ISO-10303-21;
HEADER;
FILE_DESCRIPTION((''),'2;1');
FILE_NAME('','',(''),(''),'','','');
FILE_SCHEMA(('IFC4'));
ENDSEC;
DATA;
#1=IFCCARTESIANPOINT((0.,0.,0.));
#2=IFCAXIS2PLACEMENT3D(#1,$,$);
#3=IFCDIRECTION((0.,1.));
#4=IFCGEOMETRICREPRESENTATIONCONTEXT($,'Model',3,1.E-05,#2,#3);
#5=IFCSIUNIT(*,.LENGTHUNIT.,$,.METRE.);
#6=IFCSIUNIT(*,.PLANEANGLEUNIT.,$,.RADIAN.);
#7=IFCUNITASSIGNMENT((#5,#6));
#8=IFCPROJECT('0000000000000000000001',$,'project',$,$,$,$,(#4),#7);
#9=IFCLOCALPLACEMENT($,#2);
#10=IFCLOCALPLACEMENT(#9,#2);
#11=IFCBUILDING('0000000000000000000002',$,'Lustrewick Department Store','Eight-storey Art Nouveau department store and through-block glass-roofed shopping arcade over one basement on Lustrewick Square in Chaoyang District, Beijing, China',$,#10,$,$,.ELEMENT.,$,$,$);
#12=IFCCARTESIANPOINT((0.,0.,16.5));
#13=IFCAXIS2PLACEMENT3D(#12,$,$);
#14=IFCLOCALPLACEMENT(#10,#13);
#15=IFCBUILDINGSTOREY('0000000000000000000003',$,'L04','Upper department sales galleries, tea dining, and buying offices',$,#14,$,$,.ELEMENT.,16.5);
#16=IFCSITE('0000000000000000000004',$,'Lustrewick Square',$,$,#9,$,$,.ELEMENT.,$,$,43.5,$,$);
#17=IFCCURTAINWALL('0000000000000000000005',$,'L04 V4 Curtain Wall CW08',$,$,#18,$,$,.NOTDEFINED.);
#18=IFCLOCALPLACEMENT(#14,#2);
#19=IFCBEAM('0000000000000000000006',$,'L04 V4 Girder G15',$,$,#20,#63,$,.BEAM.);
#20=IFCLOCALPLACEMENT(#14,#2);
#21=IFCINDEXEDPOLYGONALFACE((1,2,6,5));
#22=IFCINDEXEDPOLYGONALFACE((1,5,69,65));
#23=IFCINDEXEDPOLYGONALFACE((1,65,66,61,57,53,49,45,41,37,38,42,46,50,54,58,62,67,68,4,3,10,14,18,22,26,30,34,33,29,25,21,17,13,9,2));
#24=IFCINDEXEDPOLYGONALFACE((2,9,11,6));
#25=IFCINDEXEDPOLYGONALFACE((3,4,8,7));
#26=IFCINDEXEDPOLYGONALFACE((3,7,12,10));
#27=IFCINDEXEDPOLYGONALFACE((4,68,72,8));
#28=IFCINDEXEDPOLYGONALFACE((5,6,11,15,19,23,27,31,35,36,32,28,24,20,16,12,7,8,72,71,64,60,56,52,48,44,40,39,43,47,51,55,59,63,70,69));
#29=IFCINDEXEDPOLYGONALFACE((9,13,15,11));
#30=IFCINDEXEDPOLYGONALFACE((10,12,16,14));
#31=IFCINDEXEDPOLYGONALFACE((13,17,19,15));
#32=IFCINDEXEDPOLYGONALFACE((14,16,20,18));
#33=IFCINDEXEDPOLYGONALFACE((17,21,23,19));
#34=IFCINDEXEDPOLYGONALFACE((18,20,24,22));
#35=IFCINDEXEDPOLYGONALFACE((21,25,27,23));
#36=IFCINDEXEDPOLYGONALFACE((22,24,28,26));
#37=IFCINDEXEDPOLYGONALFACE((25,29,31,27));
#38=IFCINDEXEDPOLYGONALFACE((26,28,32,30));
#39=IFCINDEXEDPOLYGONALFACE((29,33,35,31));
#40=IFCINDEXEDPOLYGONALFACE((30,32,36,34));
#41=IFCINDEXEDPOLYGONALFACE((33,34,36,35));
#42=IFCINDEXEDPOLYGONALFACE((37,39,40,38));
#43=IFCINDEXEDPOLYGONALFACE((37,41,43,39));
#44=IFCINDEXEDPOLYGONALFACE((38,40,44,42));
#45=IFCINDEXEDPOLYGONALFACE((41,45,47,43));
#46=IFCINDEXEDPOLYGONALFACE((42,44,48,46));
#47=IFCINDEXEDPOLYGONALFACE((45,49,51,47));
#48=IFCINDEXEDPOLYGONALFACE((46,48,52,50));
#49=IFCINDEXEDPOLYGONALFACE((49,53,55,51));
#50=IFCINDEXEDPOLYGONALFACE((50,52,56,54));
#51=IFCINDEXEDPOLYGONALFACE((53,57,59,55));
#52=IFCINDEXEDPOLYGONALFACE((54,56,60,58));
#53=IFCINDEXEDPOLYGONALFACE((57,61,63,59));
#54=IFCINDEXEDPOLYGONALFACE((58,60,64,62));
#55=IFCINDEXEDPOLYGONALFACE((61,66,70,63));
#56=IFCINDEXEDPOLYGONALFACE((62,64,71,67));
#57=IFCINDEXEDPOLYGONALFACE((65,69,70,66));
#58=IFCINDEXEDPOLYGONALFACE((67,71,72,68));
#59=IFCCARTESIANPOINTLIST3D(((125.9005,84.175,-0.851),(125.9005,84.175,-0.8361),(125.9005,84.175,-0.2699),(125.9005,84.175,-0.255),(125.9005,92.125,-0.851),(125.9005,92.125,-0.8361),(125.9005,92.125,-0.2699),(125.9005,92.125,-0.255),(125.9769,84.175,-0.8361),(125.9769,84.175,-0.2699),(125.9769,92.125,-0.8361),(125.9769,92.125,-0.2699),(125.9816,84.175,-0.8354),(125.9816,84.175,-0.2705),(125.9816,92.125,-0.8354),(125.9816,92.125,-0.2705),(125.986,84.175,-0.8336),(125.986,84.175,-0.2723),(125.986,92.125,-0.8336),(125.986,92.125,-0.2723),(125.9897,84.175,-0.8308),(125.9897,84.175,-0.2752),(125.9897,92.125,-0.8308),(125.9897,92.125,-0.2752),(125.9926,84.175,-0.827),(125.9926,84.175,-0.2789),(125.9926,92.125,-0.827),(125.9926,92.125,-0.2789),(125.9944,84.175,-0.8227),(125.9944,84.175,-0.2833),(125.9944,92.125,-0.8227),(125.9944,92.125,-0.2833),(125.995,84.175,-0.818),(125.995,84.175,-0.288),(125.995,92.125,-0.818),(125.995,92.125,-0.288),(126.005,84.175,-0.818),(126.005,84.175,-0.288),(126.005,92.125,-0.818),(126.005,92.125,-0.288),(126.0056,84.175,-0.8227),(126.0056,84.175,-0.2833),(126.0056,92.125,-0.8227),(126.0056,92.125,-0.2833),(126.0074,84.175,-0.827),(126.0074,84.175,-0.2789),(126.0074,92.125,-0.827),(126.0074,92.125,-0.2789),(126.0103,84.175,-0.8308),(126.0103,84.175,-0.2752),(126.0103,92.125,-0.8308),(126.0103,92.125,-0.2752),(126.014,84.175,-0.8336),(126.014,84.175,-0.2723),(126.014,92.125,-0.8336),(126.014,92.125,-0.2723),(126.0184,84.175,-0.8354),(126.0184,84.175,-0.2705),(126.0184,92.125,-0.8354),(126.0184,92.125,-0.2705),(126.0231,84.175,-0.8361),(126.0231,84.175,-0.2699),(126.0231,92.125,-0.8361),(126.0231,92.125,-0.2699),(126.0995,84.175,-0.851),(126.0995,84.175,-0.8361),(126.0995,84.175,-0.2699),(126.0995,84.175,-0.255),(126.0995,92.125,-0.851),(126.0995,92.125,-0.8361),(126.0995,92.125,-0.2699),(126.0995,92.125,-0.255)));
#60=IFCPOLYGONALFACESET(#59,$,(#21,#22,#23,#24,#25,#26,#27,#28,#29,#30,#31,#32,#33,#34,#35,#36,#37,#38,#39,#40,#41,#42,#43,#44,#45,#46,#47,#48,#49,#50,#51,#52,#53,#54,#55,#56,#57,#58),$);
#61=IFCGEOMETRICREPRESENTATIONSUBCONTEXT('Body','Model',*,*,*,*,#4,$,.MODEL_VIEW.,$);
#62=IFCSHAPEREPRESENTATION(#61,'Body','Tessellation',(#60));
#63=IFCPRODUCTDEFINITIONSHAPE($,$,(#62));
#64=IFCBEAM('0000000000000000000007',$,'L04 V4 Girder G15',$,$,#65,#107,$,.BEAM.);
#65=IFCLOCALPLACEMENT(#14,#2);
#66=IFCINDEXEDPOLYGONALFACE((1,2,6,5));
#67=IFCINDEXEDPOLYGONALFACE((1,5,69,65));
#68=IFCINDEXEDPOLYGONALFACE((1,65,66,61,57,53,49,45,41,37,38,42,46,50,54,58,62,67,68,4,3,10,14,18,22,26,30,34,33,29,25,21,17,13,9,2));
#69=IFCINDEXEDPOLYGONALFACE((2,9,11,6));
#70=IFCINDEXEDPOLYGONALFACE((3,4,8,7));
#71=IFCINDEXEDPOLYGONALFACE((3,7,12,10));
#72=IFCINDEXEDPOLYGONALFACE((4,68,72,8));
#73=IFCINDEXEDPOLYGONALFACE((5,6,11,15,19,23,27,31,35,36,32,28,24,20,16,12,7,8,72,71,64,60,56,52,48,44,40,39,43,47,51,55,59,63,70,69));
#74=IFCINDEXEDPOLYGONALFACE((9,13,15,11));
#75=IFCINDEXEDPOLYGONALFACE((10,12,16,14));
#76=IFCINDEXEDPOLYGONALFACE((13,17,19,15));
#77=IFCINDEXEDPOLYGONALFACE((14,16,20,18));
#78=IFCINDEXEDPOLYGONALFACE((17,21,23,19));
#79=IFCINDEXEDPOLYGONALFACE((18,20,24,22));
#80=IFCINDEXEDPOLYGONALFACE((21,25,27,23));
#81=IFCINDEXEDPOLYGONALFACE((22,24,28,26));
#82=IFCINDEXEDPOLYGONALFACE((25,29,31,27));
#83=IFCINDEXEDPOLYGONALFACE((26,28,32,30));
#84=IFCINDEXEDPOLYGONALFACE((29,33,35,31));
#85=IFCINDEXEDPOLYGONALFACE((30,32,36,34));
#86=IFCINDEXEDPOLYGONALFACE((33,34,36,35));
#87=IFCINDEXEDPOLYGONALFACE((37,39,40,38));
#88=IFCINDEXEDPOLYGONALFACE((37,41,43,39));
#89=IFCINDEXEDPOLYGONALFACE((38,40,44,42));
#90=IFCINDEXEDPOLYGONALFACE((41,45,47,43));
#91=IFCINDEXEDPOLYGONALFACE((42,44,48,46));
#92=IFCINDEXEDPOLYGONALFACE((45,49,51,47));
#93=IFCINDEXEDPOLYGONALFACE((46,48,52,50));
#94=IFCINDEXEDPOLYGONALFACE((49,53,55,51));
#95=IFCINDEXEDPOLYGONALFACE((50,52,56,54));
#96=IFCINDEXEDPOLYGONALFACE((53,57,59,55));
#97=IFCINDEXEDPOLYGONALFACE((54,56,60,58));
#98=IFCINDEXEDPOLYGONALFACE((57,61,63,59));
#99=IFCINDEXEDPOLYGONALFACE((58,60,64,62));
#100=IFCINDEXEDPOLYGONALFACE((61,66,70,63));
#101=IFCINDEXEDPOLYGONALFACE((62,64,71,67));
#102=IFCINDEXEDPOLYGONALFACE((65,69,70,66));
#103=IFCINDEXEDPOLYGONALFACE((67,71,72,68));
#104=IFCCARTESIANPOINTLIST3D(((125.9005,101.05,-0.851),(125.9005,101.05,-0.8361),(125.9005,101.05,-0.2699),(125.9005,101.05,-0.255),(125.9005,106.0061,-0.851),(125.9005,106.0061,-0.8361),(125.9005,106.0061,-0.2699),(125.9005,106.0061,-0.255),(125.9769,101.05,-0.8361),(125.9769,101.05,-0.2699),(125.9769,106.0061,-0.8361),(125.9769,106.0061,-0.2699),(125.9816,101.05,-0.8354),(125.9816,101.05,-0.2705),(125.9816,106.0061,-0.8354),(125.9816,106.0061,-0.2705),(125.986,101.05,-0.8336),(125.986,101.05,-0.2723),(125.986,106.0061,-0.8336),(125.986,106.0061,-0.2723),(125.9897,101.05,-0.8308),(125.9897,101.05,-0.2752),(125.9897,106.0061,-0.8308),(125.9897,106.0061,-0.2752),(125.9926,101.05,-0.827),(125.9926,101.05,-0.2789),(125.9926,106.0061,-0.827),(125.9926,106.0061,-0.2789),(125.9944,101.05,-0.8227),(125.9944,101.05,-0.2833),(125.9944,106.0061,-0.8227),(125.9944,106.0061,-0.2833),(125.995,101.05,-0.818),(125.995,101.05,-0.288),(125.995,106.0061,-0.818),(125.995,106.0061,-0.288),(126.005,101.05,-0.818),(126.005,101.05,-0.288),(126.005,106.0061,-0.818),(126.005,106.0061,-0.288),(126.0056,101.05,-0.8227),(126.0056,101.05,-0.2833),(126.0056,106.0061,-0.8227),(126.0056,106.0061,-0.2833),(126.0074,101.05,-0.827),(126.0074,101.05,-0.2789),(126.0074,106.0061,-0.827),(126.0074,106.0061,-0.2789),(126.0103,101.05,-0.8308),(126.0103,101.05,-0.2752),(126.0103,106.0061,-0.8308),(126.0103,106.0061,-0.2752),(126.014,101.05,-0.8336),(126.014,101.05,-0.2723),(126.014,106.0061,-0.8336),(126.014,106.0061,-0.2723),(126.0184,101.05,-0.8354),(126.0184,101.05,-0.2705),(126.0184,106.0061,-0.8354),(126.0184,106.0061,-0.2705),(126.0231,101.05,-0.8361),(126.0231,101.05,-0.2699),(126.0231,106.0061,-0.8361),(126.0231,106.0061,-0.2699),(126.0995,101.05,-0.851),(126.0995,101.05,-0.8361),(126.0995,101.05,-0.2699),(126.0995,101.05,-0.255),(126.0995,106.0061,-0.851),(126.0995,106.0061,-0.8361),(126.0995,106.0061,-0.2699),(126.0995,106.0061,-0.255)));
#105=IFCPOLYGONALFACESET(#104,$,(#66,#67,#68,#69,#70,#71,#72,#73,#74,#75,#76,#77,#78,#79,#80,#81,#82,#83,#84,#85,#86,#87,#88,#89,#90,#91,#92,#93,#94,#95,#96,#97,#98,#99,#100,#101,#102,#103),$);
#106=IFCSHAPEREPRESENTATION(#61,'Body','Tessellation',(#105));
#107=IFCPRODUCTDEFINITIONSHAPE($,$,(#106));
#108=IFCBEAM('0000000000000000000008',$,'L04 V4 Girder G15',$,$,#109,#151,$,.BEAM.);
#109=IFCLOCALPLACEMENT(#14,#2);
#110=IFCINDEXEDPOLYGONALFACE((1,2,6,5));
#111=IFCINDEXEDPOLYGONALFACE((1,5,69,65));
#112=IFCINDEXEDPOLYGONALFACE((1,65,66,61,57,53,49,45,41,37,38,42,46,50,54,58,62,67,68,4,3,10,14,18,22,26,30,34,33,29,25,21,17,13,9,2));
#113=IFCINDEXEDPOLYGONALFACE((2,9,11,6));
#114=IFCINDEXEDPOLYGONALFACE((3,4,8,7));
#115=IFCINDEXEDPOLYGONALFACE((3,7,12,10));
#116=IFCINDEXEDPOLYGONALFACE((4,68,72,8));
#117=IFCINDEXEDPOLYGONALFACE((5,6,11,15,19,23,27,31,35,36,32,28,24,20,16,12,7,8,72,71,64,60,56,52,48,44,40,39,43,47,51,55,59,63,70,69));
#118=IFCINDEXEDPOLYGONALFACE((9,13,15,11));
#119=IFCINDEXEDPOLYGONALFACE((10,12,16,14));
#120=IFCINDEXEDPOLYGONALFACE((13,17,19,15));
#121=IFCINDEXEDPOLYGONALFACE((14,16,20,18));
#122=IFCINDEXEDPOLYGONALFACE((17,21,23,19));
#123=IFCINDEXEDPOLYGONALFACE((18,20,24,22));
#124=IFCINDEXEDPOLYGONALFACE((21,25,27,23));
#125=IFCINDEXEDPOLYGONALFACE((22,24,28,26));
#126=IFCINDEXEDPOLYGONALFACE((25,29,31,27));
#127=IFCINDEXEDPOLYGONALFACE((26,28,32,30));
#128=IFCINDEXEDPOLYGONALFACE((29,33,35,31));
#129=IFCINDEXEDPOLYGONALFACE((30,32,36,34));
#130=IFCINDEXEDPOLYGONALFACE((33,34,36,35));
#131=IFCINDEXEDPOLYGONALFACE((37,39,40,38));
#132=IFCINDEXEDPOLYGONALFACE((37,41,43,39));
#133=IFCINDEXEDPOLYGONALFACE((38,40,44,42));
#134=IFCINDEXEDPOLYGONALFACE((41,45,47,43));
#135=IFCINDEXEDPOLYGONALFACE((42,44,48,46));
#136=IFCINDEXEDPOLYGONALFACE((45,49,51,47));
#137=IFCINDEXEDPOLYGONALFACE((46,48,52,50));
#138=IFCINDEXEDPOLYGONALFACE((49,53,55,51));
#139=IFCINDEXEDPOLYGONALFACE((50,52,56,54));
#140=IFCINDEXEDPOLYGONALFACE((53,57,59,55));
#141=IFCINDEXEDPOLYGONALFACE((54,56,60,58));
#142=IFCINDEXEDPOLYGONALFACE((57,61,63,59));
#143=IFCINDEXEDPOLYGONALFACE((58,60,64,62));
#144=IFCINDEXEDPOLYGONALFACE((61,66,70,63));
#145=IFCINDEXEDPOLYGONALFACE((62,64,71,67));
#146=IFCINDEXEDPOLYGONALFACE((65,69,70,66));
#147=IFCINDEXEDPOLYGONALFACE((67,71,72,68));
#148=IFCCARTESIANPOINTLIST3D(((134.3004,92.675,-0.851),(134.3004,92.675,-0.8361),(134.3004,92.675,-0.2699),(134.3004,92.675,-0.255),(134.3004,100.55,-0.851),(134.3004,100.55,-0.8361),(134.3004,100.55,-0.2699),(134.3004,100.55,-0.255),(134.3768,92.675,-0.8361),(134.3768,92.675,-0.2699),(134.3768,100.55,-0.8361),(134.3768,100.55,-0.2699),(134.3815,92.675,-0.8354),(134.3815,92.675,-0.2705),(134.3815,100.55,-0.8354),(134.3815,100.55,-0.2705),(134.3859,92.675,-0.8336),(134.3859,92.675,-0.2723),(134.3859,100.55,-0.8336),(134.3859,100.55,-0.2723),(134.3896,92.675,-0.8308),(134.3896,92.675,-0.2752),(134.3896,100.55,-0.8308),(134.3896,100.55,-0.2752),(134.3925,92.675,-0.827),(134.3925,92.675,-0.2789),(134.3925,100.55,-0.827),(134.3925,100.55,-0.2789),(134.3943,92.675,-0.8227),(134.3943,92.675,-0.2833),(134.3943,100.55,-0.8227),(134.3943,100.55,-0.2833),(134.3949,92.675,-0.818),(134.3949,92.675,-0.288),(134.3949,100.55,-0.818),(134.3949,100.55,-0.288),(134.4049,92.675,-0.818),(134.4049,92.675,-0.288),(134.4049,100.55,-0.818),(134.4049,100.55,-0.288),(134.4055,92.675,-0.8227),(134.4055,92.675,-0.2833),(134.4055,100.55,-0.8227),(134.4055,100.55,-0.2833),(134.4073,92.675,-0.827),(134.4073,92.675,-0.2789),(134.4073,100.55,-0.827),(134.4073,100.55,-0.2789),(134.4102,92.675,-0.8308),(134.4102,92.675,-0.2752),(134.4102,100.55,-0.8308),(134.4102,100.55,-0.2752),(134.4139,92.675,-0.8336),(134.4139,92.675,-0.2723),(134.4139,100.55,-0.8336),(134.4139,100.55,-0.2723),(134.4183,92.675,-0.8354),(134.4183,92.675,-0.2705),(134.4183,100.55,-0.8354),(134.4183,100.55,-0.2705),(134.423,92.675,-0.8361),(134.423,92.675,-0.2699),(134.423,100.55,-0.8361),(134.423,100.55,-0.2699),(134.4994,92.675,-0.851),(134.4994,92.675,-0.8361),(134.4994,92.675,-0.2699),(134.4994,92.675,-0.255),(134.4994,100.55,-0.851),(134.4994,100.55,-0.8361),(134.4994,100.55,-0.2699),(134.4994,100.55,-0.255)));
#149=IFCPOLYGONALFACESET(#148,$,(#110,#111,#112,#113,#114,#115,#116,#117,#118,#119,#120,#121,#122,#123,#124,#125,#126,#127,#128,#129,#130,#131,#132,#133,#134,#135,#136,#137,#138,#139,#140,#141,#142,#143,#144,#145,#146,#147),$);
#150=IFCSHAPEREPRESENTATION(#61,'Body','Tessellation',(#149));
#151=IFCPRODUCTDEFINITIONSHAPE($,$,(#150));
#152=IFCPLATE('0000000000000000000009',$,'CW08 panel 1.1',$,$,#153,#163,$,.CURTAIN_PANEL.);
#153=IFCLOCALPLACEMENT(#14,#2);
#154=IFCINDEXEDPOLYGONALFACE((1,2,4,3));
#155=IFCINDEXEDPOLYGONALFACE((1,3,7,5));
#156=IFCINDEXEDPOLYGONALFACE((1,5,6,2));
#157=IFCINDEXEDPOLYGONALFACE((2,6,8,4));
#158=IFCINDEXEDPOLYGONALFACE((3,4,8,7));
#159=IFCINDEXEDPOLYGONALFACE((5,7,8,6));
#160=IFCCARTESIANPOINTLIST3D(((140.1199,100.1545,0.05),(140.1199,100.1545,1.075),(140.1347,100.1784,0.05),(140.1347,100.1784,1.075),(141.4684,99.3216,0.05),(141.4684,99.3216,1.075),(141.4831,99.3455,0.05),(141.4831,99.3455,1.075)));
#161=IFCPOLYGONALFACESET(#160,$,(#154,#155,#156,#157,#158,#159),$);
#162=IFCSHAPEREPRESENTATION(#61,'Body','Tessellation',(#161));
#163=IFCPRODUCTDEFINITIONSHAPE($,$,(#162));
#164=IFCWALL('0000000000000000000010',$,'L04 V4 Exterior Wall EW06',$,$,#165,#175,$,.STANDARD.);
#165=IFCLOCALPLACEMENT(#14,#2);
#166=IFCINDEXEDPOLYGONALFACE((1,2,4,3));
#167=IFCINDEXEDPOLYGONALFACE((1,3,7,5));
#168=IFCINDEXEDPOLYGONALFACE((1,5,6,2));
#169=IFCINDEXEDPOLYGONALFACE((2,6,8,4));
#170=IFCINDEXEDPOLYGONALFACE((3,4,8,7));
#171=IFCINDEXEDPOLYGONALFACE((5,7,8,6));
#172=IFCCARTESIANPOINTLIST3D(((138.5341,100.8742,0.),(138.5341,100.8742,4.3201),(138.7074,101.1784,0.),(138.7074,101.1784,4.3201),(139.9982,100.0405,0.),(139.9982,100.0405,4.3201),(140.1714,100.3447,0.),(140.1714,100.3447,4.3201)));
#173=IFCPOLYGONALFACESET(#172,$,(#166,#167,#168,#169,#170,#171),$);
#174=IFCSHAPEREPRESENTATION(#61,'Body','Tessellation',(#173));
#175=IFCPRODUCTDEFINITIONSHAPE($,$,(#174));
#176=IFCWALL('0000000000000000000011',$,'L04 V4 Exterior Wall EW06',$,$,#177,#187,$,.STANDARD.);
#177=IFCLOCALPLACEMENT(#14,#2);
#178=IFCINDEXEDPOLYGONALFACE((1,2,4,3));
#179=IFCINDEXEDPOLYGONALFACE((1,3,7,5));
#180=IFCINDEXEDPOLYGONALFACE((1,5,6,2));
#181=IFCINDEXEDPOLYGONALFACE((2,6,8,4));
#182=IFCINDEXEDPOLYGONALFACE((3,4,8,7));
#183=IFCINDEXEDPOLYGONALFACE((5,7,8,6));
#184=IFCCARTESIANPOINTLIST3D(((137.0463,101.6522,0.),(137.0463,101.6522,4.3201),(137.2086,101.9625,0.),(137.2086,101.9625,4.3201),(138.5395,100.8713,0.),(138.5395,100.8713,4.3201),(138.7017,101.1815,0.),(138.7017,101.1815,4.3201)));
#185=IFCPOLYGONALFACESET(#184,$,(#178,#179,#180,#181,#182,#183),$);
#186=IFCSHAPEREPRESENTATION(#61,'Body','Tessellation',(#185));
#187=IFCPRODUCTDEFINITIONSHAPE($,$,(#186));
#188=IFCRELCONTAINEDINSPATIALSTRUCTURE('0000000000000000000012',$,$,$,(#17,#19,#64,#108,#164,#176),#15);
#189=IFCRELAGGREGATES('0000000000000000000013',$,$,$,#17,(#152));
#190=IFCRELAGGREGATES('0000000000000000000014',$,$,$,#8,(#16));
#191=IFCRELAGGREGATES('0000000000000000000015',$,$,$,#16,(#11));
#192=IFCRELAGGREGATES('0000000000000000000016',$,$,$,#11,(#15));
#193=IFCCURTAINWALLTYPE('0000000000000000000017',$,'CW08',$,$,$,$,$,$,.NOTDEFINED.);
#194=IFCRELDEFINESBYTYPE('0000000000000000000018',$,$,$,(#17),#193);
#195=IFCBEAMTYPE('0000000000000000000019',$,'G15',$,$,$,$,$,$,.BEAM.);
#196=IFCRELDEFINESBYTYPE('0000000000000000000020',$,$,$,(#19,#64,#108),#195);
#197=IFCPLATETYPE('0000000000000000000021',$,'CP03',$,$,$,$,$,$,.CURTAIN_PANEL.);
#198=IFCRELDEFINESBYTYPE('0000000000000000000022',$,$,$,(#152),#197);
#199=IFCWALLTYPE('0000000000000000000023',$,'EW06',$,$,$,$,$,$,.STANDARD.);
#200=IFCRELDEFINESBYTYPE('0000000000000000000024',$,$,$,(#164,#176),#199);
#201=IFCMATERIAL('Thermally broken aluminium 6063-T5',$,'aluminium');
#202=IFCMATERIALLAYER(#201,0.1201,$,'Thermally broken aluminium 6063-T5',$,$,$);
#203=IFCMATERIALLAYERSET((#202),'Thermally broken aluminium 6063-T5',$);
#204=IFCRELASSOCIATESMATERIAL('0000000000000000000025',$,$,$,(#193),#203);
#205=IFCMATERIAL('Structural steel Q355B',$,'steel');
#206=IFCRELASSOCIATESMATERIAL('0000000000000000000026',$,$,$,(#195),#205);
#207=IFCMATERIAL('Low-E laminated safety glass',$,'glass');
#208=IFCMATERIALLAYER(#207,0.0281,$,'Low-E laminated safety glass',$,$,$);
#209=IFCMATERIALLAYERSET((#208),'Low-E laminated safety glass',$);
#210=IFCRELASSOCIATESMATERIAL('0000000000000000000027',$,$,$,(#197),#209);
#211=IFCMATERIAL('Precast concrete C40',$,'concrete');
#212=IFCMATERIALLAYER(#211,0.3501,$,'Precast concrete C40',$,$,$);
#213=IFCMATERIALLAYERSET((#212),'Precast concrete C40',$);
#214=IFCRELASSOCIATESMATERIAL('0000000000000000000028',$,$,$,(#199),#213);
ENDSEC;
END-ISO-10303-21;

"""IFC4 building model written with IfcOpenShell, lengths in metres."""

from ifc_helpers import new_model, si_unit, direction, frame, frame_2d, origin, origin_2d, place, context, subcontext, project, spatial, rectangle, i_section, extrude, material, layer, layer_set, material_profile, profile_set, type_object, element, aggregate, save


model = new_model("IFC4")

# Units and contexts
model_context = context("Model", 3, precision=1e-05, world=origin(), true_north=direction((0.0, 1.0)))
body_context = subcontext(model_context, "Body", "Model", "MODEL_VIEW")
ifc_project = project(units=[si_unit("LENGTHUNIT", "METRE"), si_unit("PLANEANGLEUNIT", "RADIAN")], contexts=[model_context])

# Site, building, storey
site_placement = place(None, origin())
site = spatial("IfcSite", under=ifc_project, at=site_placement, Name="Lustrewick Square", CompositionType="ELEMENT", RefElevation=43.5)
building_placement = place(site_placement, origin())
building = spatial("IfcBuilding", under=site, at=building_placement, Name="Lustrewick Department Store", Description="Eight-storey Art Nouveau department store and through-block glass-roofed shopping arcade over one basement on Lustrewick Square in Chaoyang District, Beijing, China", CompositionType="ELEMENT")
storey_placement = place(building_placement, frame((0.0, 0.0, 16.5)))
storey = spatial("IfcBuildingStorey", under=building, at=storey_placement, Name="L04", Description="Upper department sales galleries, tea dining, and buying offices", CompositionType="ELEMENT", Elevation=16.5)

# Shared definitions
ifc_material_1 = material(Name="Structural steel Q355B", Category="steel")

# Curtain wall
ifc_material_2 = material(Name="Thermally broken aluminium 6063-T5", Category="aluminium")
ifc_layer_1 = layer(ifc_material_2, 0.1201, Name="Thermally broken aluminium 6063-T5")
ifc_layer_set_1 = layer_set([ifc_layer_1], Name="Thermally broken aluminium 6063-T5")
curtain_wall_type_1 = type_object("IfcCurtainWallType", Name="CW08", PredefinedType="NOTDEFINED", material=ifc_layer_set_1)
curtain_wall_1_placement = place(storey_placement, origin())
curtain_wall_1 = element("IfcCurtainWall", 1, at=curtain_wall_1_placement, inside=storey, type_object=curtain_wall_type_1, Name="L04 V4 Curtain Wall CW08", PredefinedType="NOTDEFINED")

# Beams
ifc_material_profile_1 = material_profile(ifc_material_1, i_section(OverallWidth=0.199, OverallDepth=0.5959, WebThickness=0.01, FlangeThickness=0.0149, FilletRadius=0.0181, at=origin_2d()), Name="HN 596x199x10x15")
ifc_profile_set_1 = profile_set([ifc_material_profile_1], Name="Structural steel Q355B")
beam_type_1 = type_object("IfcBeamType", Name="G15", PredefinedType="BEAM", material=ifc_profile_set_1)
beam_1_placement = place(storey_placement, frame((126.0, 84.175, -0.553), z_axis=(0.0, 1.0, 0.0), x_axis=(-1.0, 0.0, 0.0)))
element("IfcBeam", 2, at=beam_1_placement, inside=storey, type_object=beam_type_1, Name="L04 V4 Girder G15", PredefinedType="BEAM", context=body_context, shape_type="SweptSolid", body=[
    extrude(i_section(OverallWidth=0.199, OverallDepth=0.5959, WebThickness=0.01, FlangeThickness=0.0149, FilletRadius=0.0181, at=origin_2d()), origin(), (0.0, 0.0, 1.0), 7.95),
])
beam_2_placement = place(storey_placement, frame((126.0, 101.05, -0.553), z_axis=(0.0, 1.0, 0.0), x_axis=(-1.0, 0.0, 0.0)))
element("IfcBeam", 3, at=beam_2_placement, inside=storey, type_object=beam_type_1, Name="L04 V4 Girder G15", PredefinedType="BEAM", context=body_context, shape_type="SweptSolid", body=[
    extrude(i_section(OverallWidth=0.199, OverallDepth=0.5959, WebThickness=0.01, FlangeThickness=0.0149, FilletRadius=0.0181, at=origin_2d()), origin(), (0.0, 0.0, 1.0), 4.9561),
])
beam_3_placement = place(storey_placement, frame((134.3999, 92.675, -0.553), z_axis=(0.0, 1.0, 0.0), x_axis=(-1.0, 0.0, 0.0)))
element("IfcBeam", 4, at=beam_3_placement, inside=storey, type_object=beam_type_1, Name="L04 V4 Girder G15", PredefinedType="BEAM", context=body_context, shape_type="SweptSolid", body=[
    extrude(i_section(OverallWidth=0.199, OverallDepth=0.5959, WebThickness=0.01, FlangeThickness=0.0149, FilletRadius=0.0181, at=origin_2d()), origin(), (0.0, 0.0, 1.0), 7.875),
])

# Plate
ifc_material_3 = material(Name="Low-E laminated safety glass", Category="glass")
ifc_layer_2 = layer(ifc_material_3, 0.0281, Name="Low-E laminated safety glass")
ifc_layer_set_2 = layer_set([ifc_layer_2], Name="Low-E laminated safety glass")
plate_type = type_object("IfcPlateType", Name="CP03", PredefinedType="CURTAIN_PANEL", material=ifc_layer_set_2)
plate_placement = place(storey_placement, frame((140.8015, 99.75, 0.05), z_axis=(0.0, 0.0, 1.0), x_axis=(-0.850771, 0.525537, 0.0)))
plate = element("IfcPlate", 5, at=plate_placement, type_object=plate_type, Name="CW08 panel 1.1", PredefinedType="CURTAIN_PANEL", context=body_context, shape_type="SweptSolid", body=[
    extrude(rectangle(XDim=1.585, YDim=0.0281, at=origin_2d()), origin(), (0.0, 0.0, 1.0), 1.0249),
])
aggregate(curtain_wall_1, [plate])

# Walls
ifc_material_4 = material(Name="Precast concrete C40", Category="concrete")
ifc_layer_3 = layer(ifc_material_4, 0.3501, Name="Precast concrete C40")
ifc_layer_set_3 = layer_set([ifc_layer_3], Name="Precast concrete C40")
wall_type = type_object("IfcWallType", Name="EW06", PredefinedType="STANDARD", material=ifc_layer_set_3)
wall_1_placement = place(storey_placement, frame((140.0847, 100.1926, 0.0), z_axis=(0.0, 0.0, 1.0), x_axis=(-0.868982, 0.494843, 0.0)))
element("IfcWall", 6, at=wall_1_placement, inside=storey, type_object=wall_type, Name="L04 V4 Exterior Wall EW06", PredefinedType="STANDARD", context=body_context, shape_type="SweptSolid", body=[
    extrude(rectangle(XDim=1.6848, YDim=0.3501, at=frame_2d((0.8423, 0.0))), origin(), (0.0, 0.0, 1.0), 4.3201),
])
wall_2_placement = place(storey_placement, frame((138.6206, 101.0264, 0.0), z_axis=(0.0, 0.0, 1.0), x_axis=(-0.886106, 0.463482, 0.0)))
element("IfcWall", 7, at=wall_2_placement, inside=storey, type_object=wall_type, Name="L04 V4 Exterior Wall EW06", PredefinedType="STANDARD", context=body_context, shape_type="SweptSolid", body=[
    extrude(rectangle(XDim=1.6851, YDim=0.3501, at=frame_2d((0.8425, 0.0))), origin(), (0.0, 0.0, 1.0), 4.3201),
])

save(model, "model.ifc")
